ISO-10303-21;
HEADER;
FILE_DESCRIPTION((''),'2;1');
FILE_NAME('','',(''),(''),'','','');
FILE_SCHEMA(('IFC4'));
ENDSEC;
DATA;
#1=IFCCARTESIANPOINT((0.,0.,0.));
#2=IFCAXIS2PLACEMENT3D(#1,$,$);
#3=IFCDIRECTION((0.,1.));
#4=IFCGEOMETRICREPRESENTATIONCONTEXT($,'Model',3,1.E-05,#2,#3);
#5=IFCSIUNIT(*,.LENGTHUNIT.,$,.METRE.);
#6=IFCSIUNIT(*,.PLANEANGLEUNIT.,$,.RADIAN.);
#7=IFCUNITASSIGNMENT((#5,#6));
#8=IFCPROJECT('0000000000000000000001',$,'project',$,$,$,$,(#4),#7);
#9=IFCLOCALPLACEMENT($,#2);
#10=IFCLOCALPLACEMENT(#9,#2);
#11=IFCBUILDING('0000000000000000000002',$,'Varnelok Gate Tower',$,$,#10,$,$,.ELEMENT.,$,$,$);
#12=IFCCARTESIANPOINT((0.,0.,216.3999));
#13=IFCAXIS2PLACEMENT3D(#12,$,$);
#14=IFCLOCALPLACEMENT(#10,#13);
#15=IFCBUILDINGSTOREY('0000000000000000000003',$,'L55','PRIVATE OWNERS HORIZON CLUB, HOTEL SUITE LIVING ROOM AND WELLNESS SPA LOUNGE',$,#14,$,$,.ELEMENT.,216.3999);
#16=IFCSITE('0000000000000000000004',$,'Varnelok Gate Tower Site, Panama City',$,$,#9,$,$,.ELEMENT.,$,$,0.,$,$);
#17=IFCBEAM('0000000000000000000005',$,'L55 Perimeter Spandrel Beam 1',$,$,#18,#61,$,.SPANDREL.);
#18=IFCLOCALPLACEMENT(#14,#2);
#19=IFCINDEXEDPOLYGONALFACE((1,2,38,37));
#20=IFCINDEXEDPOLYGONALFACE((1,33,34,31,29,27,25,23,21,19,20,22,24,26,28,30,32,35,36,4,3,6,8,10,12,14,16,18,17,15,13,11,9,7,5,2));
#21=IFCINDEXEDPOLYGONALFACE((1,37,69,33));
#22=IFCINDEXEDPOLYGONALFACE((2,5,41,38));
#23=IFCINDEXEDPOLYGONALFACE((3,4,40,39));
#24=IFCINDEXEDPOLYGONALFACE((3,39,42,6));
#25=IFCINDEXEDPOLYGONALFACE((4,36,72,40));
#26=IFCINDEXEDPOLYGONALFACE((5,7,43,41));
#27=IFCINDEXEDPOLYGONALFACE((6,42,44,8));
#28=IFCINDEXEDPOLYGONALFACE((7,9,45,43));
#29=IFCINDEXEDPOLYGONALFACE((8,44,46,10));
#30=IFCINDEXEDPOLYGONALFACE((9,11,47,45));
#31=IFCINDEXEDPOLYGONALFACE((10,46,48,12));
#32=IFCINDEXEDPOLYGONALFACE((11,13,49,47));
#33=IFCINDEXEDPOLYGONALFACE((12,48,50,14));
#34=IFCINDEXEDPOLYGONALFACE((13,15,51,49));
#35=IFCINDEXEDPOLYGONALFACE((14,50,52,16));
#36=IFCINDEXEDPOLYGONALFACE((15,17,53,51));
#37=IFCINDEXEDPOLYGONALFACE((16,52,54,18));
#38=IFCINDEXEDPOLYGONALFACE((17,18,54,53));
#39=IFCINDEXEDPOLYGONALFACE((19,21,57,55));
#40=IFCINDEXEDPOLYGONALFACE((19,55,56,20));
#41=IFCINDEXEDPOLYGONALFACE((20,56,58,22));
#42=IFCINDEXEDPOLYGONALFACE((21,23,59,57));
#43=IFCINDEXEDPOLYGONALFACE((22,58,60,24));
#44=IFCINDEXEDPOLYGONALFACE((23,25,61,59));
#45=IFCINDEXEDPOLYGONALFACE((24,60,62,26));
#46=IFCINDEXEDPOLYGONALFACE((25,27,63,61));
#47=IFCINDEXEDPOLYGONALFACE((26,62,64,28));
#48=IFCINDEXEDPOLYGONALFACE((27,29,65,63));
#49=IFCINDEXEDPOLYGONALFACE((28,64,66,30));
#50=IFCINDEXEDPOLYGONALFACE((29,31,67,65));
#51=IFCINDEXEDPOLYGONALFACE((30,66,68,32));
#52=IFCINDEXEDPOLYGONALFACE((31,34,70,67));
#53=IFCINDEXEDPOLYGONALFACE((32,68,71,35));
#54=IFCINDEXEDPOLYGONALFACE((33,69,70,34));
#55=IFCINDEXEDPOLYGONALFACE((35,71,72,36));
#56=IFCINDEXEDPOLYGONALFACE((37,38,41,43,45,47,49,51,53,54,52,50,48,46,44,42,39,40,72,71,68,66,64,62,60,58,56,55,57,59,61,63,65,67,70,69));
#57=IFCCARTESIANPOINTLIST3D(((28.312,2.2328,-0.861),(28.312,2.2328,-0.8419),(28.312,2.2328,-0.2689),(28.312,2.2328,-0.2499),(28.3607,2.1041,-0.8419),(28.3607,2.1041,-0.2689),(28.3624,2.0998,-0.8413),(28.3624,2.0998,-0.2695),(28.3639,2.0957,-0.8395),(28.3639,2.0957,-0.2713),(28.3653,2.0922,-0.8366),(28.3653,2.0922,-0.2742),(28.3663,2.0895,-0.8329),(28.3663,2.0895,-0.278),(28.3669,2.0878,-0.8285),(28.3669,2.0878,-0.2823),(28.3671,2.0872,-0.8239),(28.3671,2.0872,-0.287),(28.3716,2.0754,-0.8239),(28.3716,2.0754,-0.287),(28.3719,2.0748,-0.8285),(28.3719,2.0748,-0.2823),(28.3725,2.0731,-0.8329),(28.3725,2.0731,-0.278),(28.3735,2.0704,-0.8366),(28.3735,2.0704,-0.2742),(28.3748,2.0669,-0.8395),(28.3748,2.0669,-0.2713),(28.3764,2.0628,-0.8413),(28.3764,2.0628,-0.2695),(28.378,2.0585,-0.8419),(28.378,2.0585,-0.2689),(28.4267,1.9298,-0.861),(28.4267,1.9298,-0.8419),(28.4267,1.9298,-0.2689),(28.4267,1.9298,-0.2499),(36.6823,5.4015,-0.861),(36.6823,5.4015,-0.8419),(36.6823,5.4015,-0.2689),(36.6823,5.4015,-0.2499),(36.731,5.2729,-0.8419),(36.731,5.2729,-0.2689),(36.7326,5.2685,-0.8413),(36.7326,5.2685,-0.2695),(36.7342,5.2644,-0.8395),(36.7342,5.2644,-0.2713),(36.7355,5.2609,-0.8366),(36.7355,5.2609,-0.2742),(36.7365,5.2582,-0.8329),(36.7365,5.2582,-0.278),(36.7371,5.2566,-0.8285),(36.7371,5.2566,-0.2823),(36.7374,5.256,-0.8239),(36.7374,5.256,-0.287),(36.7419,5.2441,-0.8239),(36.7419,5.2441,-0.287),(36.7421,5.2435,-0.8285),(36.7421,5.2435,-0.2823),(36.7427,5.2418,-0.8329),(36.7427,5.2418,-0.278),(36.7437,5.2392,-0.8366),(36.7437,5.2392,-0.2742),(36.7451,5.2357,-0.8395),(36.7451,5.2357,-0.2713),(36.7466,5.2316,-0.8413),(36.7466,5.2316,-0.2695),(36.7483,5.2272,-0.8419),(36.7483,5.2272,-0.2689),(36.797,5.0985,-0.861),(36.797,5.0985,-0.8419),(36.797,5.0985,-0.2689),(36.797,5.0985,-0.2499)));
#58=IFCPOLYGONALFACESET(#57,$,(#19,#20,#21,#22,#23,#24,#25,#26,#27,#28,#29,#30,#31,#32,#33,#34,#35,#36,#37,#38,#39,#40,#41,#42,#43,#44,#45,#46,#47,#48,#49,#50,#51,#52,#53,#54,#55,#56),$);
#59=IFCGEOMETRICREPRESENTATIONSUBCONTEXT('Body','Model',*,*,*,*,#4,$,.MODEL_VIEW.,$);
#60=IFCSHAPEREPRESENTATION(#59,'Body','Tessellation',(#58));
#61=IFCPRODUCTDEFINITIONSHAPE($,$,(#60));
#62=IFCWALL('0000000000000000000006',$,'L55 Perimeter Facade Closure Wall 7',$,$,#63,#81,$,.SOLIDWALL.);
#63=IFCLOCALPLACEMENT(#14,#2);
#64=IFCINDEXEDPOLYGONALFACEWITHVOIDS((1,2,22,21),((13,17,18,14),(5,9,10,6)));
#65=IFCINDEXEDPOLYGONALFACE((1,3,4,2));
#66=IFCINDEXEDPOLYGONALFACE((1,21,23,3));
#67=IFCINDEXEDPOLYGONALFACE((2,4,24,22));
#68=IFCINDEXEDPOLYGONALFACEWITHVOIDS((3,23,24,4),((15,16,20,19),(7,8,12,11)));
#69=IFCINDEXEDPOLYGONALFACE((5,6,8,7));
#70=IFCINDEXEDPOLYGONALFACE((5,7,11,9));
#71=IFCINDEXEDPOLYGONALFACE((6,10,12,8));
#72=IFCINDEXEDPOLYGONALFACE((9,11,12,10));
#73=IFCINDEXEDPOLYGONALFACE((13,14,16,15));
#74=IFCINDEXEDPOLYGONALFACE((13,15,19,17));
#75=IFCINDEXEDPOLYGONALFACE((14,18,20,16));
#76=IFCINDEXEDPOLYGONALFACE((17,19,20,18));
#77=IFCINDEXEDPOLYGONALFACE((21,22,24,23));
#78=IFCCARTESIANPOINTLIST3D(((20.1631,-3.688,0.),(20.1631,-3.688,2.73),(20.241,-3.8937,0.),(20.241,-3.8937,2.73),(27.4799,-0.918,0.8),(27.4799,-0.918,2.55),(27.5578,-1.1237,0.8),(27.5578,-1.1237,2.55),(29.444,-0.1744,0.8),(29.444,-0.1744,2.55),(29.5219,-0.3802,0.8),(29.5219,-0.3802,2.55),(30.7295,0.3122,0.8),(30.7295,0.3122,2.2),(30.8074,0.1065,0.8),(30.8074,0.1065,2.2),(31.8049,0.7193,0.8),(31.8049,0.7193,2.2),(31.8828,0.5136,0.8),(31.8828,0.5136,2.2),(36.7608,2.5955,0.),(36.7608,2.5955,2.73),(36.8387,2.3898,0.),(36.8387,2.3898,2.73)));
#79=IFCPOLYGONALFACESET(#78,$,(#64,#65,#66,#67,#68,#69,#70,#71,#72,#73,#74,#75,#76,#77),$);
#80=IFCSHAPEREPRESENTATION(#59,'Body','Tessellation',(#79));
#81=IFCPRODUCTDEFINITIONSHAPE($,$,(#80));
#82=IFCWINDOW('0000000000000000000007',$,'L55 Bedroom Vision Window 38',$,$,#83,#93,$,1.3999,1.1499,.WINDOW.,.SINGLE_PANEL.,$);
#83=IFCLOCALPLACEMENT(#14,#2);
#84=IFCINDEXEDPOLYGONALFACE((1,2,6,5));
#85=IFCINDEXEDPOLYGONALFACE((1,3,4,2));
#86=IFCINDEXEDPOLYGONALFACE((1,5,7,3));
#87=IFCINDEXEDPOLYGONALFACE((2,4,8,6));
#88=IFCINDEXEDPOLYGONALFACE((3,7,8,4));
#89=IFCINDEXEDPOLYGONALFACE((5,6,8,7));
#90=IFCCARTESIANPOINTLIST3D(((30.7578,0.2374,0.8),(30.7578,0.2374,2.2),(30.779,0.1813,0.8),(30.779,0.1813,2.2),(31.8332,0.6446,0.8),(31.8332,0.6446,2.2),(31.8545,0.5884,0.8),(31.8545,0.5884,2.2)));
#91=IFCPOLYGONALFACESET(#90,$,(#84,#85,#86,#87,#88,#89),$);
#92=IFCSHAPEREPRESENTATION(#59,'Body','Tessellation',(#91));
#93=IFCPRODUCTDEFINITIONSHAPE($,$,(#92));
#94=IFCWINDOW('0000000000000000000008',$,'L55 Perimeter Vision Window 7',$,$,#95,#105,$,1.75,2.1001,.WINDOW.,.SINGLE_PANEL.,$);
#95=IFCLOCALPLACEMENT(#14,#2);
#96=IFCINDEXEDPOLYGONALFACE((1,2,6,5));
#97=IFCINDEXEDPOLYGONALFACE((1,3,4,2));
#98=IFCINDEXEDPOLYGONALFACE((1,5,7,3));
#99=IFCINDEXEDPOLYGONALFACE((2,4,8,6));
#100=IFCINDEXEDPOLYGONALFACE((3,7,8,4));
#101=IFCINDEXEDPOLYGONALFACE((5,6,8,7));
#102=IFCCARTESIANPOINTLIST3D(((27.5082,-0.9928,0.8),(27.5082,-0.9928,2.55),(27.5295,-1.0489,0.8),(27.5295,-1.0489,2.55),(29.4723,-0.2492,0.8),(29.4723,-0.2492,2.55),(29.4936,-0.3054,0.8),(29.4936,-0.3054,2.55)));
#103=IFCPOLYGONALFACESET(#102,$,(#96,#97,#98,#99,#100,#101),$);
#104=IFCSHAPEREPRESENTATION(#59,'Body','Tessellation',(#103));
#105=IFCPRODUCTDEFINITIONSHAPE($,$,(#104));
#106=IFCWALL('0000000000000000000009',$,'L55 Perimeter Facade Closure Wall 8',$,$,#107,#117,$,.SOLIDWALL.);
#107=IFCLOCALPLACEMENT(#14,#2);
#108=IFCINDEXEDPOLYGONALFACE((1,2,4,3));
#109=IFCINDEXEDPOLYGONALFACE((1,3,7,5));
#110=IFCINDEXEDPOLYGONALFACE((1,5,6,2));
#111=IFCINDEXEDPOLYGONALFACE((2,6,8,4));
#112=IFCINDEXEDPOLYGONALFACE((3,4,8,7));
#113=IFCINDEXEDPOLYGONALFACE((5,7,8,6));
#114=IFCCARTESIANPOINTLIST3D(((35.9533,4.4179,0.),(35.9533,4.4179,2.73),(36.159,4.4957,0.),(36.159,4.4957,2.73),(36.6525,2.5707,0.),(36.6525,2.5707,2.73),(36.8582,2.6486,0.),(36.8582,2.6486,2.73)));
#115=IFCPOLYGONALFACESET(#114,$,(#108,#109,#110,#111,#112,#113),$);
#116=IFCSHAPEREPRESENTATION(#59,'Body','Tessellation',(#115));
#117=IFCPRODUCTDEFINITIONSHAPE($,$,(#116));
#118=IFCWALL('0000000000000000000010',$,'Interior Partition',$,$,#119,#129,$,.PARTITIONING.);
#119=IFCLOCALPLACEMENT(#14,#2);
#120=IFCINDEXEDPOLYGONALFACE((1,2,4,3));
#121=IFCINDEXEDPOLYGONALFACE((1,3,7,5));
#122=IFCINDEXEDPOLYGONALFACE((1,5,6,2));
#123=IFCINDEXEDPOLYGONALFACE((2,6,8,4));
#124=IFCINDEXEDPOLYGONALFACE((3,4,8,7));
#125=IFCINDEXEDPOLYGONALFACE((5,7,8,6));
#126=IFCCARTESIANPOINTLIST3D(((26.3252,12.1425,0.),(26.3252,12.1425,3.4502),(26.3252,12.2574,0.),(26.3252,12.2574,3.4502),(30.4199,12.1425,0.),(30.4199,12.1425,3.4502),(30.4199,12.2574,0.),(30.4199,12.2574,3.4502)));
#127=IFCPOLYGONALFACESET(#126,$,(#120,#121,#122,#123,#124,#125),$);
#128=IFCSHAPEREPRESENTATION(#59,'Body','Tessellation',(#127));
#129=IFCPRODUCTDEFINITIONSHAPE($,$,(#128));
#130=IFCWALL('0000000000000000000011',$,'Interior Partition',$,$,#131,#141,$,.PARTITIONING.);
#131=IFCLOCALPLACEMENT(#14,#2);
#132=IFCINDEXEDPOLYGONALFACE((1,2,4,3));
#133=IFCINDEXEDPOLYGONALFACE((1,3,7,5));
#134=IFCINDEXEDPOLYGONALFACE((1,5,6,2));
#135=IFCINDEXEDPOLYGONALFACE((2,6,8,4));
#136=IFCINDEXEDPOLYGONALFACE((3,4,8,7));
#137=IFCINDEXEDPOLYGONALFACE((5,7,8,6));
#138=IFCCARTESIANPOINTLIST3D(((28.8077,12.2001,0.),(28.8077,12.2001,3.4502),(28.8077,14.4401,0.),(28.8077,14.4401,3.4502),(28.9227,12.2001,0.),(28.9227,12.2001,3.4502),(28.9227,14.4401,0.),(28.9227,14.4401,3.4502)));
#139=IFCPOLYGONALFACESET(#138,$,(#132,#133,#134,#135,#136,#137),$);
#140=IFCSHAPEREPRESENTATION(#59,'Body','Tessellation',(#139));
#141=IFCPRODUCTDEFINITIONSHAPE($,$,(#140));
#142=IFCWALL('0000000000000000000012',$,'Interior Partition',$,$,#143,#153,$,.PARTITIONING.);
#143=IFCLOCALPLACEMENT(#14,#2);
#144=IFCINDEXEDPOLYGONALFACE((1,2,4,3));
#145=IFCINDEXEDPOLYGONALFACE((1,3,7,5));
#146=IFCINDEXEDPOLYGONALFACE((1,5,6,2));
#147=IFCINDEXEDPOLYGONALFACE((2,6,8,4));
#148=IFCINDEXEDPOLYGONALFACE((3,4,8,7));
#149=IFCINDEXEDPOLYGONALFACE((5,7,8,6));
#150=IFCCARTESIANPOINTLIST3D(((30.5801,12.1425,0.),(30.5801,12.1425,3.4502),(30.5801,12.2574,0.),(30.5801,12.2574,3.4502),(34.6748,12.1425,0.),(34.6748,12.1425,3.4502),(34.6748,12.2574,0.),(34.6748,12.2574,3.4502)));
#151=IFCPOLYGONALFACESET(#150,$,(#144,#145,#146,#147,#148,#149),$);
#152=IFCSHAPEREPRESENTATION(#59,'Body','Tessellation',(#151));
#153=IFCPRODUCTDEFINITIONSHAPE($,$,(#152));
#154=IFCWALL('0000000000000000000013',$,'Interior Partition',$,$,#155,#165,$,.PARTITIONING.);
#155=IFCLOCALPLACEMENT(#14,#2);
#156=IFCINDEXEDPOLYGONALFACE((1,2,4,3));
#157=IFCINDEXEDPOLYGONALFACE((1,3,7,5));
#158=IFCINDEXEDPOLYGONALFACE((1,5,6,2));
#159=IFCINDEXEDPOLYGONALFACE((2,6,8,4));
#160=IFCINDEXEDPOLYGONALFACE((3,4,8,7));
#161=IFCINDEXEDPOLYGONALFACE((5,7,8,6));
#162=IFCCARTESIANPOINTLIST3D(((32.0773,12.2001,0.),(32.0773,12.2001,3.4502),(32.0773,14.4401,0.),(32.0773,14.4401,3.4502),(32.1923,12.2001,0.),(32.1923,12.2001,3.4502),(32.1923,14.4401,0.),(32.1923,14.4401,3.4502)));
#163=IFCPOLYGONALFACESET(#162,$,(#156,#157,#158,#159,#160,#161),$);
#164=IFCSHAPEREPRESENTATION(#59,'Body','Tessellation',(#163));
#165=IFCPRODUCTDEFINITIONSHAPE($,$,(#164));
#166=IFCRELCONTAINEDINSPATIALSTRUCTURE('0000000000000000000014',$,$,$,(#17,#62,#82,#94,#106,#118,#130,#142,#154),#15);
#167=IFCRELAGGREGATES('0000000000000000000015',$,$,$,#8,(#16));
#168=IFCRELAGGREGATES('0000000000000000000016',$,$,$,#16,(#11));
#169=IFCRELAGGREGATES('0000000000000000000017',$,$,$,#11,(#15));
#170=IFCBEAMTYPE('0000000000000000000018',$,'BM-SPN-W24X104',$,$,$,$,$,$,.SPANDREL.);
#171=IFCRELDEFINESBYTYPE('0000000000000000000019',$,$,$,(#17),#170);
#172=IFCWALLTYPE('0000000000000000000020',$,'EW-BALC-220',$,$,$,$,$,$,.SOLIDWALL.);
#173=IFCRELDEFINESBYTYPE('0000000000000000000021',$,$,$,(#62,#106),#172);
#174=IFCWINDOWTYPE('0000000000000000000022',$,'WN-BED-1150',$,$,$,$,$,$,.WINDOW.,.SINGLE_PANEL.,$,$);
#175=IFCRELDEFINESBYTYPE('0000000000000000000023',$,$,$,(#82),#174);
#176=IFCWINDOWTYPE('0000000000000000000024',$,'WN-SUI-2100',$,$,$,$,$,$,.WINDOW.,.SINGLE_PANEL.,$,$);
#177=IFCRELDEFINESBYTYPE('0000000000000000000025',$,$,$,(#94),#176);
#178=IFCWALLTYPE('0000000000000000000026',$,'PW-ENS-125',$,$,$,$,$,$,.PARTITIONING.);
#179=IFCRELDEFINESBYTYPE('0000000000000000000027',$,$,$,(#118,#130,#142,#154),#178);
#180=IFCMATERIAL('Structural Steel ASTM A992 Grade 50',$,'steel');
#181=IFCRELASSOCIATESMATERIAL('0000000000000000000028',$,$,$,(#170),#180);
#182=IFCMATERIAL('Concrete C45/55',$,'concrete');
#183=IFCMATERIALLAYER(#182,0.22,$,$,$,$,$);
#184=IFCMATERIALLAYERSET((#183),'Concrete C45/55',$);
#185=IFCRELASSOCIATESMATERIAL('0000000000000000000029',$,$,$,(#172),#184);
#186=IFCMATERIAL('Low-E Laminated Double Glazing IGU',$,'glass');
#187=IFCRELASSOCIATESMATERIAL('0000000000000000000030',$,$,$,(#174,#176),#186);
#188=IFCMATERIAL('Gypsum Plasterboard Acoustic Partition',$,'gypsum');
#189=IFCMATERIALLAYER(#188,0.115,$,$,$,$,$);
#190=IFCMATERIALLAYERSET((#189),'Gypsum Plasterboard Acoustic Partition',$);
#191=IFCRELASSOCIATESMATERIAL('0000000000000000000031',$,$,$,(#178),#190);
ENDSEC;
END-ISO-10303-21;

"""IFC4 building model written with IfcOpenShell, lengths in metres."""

from ifc_helpers import new_model, si_unit, direction, frame, frame_2d, origin, origin_2d, place, context, subcontext, project, spatial, rectangle, i_section, extrude, material, layer, layer_set, material_profile, profile_set, type_object, element, fill, save


model = new_model("IFC4")

# Units and contexts
model_context = context("Model", 3, precision=1e-05, world=origin(), true_north=direction((0.0, 1.0)))
body_context = subcontext(model_context, "Body", "Model", "MODEL_VIEW")
ifc_project = project(units=[si_unit("LENGTHUNIT", "METRE"), si_unit("PLANEANGLEUNIT", "RADIAN")], contexts=[model_context])

# Site, building, storey
site_placement = place(None, origin())
site = spatial("IfcSite", under=ifc_project, at=site_placement, Name="Varnelok Gate Tower Site, Panama City", CompositionType="ELEMENT", RefElevation=0.0)
building_placement = place(site_placement, origin())
building = spatial("IfcBuilding", under=site, at=building_placement, Name="Varnelok Gate Tower", CompositionType="ELEMENT")
storey_placement = place(building_placement, frame((0.0, 0.0, 216.3999)))
storey = spatial("IfcBuildingStorey", under=building, at=storey_placement, Name="L55", Description="PRIVATE OWNERS HORIZON CLUB, HOTEL SUITE LIVING ROOM AND WELLNESS SPA LOUNGE", CompositionType="ELEMENT", Elevation=216.3999)

# Shared definitions
ifc_material_1 = material(Name="Structural Steel ASTM A992 Grade 50", Category="steel")

# Beam
ifc_material_profile_1 = material_profile(ifc_material_1, i_section(OverallWidth=0.324, OverallDepth=0.6111, WebThickness=0.0127, FlangeThickness=0.019, FilletRadius=0.0181, at=origin_2d()), Name="W24X104")
ifc_profile_set_1 = profile_set([ifc_material_profile_1], Name="Structural Steel ASTM A992 Grade 50")
beam_type_1 = type_object("IfcBeamType", Name="BM-SPN-W24X104", PredefinedType="SPANDREL", material=ifc_profile_set_1)
beam_1_placement = place(storey_placement, frame((28.3694, 2.0813, -0.5554), z_axis=(0.935226, 0.354051, 0.0), x_axis=(-0.354051, 0.935226, 0.0)))
element("IfcBeam", 1, at=beam_1_placement, inside=storey, type_object=beam_type_1, Name="L55 Perimeter Spandrel Beam 1", PredefinedType="SPANDREL", context=body_context, shape_type="SweptSolid", body=[
    extrude(i_section(OverallWidth=0.324, OverallDepth=0.6111, WebThickness=0.0127, FlangeThickness=0.019, FilletRadius=0.0181, at=origin_2d()), origin(), (0.0, 0.0, 1.0), 8.95),
])

# Wall, openings, windows
ifc_material_2 = material(Name="Concrete C45/55", Category="concrete")
ifc_layer_1 = layer(ifc_material_2, 0.22)
ifc_layer_set_1 = layer_set([ifc_layer_1], Name="Concrete C45/55")
wall_type_1 = type_object("IfcWallType", Name="EW-BALC-220", PredefinedType="SOLIDWALL", material=ifc_layer_set_1)
wall_1_placement = place(storey_placement, frame((20.2021, -3.7908, 0.0), z_axis=(0.0, 0.0, 1.0), x_axis=(0.935226, 0.354052, 0.0)))
wall_1 = element("IfcWall", 2, at=wall_1_placement, inside=storey, type_object=wall_type_1, Name="L55 Perimeter Facade Closure Wall 7", PredefinedType="SOLIDWALL", context=body_context, shape_type="SweptSolid", body=[
    extrude(rectangle(XDim=17.7473, YDim=0.22, at=frame_2d((8.8735, 0.0))), origin(), (0.0, 0.0, 1.0), 2.73),
])
opening_1_placement = place(wall_1_placement, frame((7.8235, 0.0, 0.8)))
opening_1 = element("IfcOpeningElement", 3, at=opening_1_placement, cuts=wall_1, PredefinedType="OPENING", context=body_context, shape_type="SweptSolid", body=[
    extrude(rectangle(XDim=2.1001, YDim=1.75, at=frame_2d((1.05, 0.875))), frame((0.0, 0.1199, 0.0), z_axis=(0.0, -1.0, 0.0), x_axis=(1.0, 0.0, 0.0)), (0.0, 0.0, 1.0), 0.24),
])
opening_2_placement = place(wall_1_placement, frame((11.2981, 0.0, 0.8)))
opening_2 = element("IfcOpeningElement", 4, at=opening_2_placement, cuts=wall_1, PredefinedType="OPENING", context=body_context, shape_type="SweptSolid", body=[
    extrude(rectangle(XDim=1.1499, YDim=1.3999, at=frame_2d((0.575, 0.7))), frame((0.0, 0.1199, 0.0), z_axis=(0.0, -1.0, 0.0), x_axis=(1.0, 0.0, 0.0)), (0.0, 0.0, 1.0), 0.24),
])
ifc_material_3 = material(Name="Low-E Laminated Double Glazing IGU", Category="glass")
window_type_1 = type_object("IfcWindowType", Name="WN-BED-1150", PartitioningType="SINGLE_PANEL", PredefinedType="WINDOW", material=ifc_material_3)
window_1_placement = place(opening_2_placement, origin())
window_1 = element("IfcWindow", 5, at=window_1_placement, inside=storey, type_object=window_type_1, Name="L55 Bedroom Vision Window 38", OverallHeight=1.3999, OverallWidth=1.1499, PartitioningType="SINGLE_PANEL", PredefinedType="WINDOW", context=body_context, shape_type="SweptSolid", body=[
    extrude(rectangle(XDim=1.1499, YDim=1.3999, at=frame_2d((0.575, 0.7))), frame((0.0, 0.03, 0.0), z_axis=(0.0, -1.0, 0.0), x_axis=(1.0, 0.0, 0.0)), (0.0, 0.0, 1.0), 0.0601),
])
fill(opening_2, window_1)
window_type_2 = type_object("IfcWindowType", Name="WN-SUI-2100", PartitioningType="SINGLE_PANEL", PredefinedType="WINDOW", material=ifc_material_3)
window_2_placement = place(opening_1_placement, origin())
window_2 = element("IfcWindow", 6, at=window_2_placement, inside=storey, type_object=window_type_2, Name="L55 Perimeter Vision Window 7", OverallHeight=1.75, OverallWidth=2.1001, PartitioningType="SINGLE_PANEL", PredefinedType="WINDOW", context=body_context, shape_type="SweptSolid", body=[
    extrude(rectangle(XDim=2.1001, YDim=1.75, at=frame_2d((1.05, 0.875))), frame((0.0, 0.03, 0.0), z_axis=(0.0, -1.0, 0.0), x_axis=(1.0, 0.0, 0.0)), (0.0, 0.0, 1.0), 0.0601),
])
fill(opening_1, window_2)

# Walls
wall_2_placement = place(storey_placement, frame((36.7554, 2.6096, 0.0), z_axis=(0.0, 0.0, 1.0), x_axis=(-0.354021, 0.935238, 0.0)))
element("IfcWall", 7, at=wall_2_placement, inside=storey, type_object=wall_type_1, Name="L55 Perimeter Facade Closure Wall 8", PredefinedType="SOLIDWALL", context=body_context, shape_type="SweptSolid", body=[
    extrude(rectangle(XDim=1.9751, YDim=0.22, at=frame_2d((0.9875, 0.0))), origin(), (0.0, 0.0, 1.0), 2.73),
])
ifc_material_4 = material(Name="Gypsum Plasterboard Acoustic Partition", Category="gypsum")
ifc_layer_2 = layer(ifc_material_4, 0.115)
ifc_layer_set_2 = layer_set([ifc_layer_2], Name="Gypsum Plasterboard Acoustic Partition")
wall_type_2 = type_object("IfcWallType", Name="PW-ENS-125", PredefinedType="PARTITIONING", material=ifc_layer_set_2)
wall_3_placement = place(storey_placement, frame((26.3252, 12.2, 0.0), z_axis=(0.0, 0.0, 1.0), x_axis=(1.0, 0.0, 0.0)))
element("IfcWall", 8, at=wall_3_placement, inside=storey, type_object=wall_type_2, Name="Interior Partition", PredefinedType="PARTITIONING", context=body_context, shape_type="SweptSolid", body=[
    extrude(rectangle(XDim=4.0947, YDim=0.115, at=frame_2d((2.0474, 0.0))), origin(), (0.0, 0.0, 1.0), 3.4502),
])
wall_4_placement = place(storey_placement, frame((28.8652, 12.2, 0.0), z_axis=(0.0, 0.0, 1.0), x_axis=(0.0, 1.0, 0.0)))
element("IfcWall", 9, at=wall_4_placement, inside=storey, type_object=wall_type_2, Name="Interior Partition", PredefinedType="PARTITIONING", context=body_context, shape_type="SweptSolid", body=[
    extrude(rectangle(XDim=2.24, YDim=0.115, at=frame_2d((1.1201, 0.0))), origin(), (0.0, 0.0, 1.0), 3.4502),
])
wall_5_placement = place(storey_placement, frame((30.5801, 12.2, 0.0), z_axis=(0.0, 0.0, 1.0), x_axis=(1.0, 0.0, 0.0)))
element("IfcWall", 10, at=wall_5_placement, inside=storey, type_object=wall_type_2, Name="Interior Partition", PredefinedType="PARTITIONING", context=body_context, shape_type="SweptSolid", body=[
    extrude(rectangle(XDim=4.0947, YDim=0.115, at=frame_2d((2.0474, 0.0))), origin(), (0.0, 0.0, 1.0), 3.4502),
])
wall_6_placement = place(storey_placement, frame((32.1348, 12.2, 0.0), z_axis=(0.0, 0.0, 1.0), x_axis=(0.0, 1.0, 0.0)))
element("IfcWall", 11, at=wall_6_placement, inside=storey, type_object=wall_type_2, Name="Interior Partition", PredefinedType="PARTITIONING", context=body_context, shape_type="SweptSolid", body=[
    extrude(rectangle(XDim=2.24, YDim=0.115, at=frame_2d((1.1201, 0.0))), origin(), (0.0, 0.0, 1.0), 3.4502),
])

save(model, "model.ifc")
